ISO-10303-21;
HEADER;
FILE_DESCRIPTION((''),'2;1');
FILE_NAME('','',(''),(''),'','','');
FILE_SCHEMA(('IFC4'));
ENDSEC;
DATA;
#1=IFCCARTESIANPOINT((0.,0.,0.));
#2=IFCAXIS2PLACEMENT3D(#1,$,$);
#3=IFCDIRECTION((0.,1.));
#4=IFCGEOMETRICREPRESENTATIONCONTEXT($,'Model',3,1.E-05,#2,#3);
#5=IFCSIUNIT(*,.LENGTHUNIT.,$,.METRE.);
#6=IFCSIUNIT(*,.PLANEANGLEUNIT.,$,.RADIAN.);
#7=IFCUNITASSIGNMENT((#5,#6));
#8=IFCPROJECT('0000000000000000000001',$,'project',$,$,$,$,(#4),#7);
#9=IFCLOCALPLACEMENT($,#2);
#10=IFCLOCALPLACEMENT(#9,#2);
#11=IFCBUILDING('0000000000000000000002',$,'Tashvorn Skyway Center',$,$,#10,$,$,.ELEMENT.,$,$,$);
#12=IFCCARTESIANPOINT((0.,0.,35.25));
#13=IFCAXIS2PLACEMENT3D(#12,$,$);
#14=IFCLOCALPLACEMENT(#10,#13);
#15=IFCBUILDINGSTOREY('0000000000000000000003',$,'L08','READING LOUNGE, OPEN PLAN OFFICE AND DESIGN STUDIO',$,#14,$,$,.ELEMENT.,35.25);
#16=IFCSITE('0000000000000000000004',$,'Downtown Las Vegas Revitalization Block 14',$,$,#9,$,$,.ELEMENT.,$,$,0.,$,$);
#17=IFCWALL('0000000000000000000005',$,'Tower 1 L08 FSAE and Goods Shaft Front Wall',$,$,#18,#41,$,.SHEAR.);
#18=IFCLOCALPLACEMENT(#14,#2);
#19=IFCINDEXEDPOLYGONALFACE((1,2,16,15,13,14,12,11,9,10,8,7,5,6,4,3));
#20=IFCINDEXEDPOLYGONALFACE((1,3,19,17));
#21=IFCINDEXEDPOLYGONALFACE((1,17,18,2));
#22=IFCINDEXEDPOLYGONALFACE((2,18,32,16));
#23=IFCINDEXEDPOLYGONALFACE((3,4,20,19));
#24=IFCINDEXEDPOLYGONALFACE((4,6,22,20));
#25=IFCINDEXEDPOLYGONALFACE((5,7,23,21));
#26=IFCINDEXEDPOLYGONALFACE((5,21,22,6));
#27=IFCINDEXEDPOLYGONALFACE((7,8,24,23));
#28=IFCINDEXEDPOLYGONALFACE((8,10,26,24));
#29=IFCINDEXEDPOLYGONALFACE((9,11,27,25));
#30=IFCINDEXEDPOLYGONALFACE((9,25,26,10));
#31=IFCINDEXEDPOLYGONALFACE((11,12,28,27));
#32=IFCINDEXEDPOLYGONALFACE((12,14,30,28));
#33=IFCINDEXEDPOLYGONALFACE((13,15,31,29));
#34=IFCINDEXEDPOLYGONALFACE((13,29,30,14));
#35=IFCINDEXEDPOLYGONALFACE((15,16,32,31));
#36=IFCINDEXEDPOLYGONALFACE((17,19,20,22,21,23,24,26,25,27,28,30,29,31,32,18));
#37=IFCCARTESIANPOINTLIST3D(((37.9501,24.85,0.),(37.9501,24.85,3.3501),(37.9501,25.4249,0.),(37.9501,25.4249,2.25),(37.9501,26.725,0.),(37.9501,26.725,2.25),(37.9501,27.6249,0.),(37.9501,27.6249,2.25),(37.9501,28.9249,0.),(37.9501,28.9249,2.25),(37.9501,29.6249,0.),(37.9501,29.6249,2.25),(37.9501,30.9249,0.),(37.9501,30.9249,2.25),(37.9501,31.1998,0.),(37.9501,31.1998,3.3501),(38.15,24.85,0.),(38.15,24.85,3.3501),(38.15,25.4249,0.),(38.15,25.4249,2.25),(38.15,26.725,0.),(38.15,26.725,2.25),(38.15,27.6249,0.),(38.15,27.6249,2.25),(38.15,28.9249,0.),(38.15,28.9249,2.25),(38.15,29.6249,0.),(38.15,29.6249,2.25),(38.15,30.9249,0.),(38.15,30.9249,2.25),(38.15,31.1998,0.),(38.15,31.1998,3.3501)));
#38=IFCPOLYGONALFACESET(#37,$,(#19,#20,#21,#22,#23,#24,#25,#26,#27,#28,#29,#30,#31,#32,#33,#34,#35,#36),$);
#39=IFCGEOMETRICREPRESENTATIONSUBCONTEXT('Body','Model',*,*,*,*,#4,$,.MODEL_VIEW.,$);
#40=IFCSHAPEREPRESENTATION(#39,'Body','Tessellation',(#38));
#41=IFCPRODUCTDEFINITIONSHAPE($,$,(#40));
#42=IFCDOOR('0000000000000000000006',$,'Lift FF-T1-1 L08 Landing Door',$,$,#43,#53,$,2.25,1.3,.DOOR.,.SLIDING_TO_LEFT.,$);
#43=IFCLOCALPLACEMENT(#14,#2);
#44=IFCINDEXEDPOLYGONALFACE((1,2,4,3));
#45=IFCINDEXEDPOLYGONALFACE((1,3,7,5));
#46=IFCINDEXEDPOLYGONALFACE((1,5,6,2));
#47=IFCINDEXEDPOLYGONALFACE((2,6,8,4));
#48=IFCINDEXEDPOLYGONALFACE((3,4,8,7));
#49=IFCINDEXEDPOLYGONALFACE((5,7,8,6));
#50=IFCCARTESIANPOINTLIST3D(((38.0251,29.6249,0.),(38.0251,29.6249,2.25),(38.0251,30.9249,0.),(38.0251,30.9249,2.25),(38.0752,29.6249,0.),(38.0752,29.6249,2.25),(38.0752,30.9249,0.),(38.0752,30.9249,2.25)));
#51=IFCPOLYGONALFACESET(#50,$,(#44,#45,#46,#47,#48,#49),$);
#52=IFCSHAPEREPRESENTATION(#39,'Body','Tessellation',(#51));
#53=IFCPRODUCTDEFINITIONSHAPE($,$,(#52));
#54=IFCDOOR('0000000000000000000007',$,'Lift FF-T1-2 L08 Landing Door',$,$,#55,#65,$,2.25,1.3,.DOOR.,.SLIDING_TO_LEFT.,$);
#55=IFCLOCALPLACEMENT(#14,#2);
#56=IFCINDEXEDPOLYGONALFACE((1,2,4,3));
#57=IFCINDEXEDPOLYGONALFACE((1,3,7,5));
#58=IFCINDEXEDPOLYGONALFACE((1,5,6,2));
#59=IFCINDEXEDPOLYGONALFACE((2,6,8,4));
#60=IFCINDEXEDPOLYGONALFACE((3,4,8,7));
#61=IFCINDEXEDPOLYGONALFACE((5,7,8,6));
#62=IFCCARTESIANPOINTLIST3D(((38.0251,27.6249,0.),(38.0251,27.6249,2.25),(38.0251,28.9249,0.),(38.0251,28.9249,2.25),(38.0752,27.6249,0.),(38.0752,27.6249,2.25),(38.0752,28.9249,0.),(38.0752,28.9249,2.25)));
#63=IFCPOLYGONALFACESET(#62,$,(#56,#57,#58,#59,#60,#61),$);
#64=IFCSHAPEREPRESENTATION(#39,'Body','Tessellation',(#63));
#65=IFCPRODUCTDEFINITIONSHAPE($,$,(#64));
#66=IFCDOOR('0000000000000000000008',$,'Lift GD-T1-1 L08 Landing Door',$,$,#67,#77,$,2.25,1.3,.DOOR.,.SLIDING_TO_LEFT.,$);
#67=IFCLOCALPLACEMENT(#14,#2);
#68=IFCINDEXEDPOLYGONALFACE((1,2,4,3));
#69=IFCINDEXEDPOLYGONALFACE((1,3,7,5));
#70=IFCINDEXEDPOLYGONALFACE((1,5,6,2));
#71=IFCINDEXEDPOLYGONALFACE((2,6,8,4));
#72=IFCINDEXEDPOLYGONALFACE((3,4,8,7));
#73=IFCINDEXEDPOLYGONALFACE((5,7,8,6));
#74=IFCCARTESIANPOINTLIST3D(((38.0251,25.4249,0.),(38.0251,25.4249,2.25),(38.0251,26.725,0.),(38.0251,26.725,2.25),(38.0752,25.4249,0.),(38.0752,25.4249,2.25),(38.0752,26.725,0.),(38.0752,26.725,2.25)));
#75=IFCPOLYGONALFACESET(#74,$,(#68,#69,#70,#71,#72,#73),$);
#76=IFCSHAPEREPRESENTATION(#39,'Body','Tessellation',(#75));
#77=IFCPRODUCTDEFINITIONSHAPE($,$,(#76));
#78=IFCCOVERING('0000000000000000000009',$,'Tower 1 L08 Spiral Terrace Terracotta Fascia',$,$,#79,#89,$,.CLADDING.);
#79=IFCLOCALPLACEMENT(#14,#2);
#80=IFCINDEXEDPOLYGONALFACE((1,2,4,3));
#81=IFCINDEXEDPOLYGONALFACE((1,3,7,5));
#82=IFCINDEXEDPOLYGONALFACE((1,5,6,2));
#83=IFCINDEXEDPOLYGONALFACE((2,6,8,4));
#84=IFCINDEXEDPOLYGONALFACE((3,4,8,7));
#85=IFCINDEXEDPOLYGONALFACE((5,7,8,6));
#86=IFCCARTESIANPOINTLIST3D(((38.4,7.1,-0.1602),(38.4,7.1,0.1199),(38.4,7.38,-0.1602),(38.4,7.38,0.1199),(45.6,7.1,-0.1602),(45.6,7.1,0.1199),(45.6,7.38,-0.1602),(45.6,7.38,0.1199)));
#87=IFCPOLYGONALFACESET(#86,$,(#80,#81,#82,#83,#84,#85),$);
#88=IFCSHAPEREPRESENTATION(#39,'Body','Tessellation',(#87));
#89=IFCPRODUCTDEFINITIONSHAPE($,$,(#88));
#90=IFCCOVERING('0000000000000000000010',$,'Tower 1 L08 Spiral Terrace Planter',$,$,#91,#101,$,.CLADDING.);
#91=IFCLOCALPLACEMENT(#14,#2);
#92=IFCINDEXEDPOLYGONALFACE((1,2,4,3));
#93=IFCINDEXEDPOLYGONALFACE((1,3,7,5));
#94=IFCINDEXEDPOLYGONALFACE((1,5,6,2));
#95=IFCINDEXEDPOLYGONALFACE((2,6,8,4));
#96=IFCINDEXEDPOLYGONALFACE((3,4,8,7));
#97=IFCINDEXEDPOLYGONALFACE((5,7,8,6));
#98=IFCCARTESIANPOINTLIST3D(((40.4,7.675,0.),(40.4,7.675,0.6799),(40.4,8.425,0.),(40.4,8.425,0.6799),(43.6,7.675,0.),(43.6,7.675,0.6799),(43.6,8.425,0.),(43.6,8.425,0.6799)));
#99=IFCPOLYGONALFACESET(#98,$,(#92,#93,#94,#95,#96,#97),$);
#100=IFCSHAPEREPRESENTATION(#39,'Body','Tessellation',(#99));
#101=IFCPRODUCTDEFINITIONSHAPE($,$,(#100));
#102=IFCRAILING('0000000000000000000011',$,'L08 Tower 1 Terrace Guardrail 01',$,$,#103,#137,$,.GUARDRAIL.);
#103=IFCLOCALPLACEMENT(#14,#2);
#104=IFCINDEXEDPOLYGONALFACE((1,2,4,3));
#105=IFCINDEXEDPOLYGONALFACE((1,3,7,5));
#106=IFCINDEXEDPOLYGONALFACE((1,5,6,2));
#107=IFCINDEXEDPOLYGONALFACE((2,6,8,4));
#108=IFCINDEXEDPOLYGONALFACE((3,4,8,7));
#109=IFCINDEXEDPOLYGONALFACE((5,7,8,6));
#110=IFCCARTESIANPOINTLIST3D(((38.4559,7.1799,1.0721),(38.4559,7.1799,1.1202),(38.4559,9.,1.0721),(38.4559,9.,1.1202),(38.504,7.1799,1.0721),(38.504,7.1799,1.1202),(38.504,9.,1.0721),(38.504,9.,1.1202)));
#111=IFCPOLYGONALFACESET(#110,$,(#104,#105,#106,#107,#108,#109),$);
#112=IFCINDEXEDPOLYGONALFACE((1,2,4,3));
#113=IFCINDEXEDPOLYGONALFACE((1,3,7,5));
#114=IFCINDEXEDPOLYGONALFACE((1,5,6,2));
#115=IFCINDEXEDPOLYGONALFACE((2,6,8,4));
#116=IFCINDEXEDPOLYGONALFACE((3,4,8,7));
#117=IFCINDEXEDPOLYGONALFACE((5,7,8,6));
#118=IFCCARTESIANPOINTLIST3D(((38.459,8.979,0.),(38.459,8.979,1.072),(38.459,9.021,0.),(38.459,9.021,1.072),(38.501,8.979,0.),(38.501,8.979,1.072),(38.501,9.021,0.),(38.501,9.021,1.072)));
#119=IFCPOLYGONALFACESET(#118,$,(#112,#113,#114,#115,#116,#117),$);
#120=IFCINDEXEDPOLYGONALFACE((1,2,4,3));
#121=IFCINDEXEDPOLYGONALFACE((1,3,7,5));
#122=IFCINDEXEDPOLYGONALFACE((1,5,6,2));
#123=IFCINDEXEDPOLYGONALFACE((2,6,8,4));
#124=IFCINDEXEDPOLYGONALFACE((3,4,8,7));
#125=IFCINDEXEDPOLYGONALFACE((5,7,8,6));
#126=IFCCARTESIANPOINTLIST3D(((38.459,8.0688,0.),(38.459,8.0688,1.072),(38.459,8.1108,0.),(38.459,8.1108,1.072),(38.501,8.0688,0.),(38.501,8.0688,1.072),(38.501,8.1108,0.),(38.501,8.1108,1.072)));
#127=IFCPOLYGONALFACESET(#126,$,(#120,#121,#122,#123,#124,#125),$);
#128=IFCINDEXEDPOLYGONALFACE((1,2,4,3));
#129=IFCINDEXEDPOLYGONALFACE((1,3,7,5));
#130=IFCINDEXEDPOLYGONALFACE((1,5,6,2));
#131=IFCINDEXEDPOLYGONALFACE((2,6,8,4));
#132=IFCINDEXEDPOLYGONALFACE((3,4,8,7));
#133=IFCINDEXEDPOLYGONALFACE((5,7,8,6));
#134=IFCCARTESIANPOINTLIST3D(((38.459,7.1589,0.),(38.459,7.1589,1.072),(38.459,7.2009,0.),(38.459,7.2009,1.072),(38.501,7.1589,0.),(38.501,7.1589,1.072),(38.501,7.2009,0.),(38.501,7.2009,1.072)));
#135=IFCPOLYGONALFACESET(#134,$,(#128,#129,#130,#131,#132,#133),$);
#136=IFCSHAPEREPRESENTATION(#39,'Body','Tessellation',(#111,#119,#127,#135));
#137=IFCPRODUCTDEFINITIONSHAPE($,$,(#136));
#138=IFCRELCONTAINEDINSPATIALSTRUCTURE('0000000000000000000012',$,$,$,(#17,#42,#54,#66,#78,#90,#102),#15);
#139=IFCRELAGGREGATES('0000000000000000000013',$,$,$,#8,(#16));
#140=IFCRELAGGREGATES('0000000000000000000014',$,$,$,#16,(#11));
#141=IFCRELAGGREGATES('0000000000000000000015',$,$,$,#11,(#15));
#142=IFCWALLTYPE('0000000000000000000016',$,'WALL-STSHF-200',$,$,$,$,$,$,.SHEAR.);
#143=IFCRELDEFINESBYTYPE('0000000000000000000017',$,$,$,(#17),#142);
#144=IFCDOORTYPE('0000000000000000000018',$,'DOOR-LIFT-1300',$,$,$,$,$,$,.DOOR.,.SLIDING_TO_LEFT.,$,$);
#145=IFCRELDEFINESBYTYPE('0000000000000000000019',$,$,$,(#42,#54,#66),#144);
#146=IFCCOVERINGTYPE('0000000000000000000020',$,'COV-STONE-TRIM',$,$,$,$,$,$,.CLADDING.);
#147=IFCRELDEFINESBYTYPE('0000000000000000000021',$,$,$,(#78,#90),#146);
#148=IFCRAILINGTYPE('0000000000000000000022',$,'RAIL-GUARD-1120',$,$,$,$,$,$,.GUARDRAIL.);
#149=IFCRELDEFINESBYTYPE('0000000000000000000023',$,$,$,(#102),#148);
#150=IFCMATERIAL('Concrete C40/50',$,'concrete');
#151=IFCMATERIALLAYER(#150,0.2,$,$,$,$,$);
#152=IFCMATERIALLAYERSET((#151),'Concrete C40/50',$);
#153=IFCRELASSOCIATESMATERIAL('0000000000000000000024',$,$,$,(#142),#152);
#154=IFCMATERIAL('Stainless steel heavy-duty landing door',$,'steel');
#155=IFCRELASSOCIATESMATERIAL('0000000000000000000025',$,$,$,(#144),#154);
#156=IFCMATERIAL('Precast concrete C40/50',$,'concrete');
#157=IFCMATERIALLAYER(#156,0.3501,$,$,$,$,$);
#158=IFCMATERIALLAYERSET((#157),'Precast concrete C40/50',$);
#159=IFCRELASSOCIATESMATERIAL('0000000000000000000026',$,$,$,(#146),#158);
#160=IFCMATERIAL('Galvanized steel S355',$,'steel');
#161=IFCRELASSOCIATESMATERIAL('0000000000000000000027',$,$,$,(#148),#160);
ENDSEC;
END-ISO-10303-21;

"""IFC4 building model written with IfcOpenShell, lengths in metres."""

from ifc_helpers import new_model, si_unit, direction, frame, frame_2d, origin, origin_2d, place, context, subcontext, project, spatial, rectangle, extrude, material, layer, layer_set, type_object, element, fill, save


model = new_model("IFC4")

# Units and contexts
model_context = context("Model", 3, precision=1e-05, world=origin(), true_north=direction((0.0, 1.0)))
body_context = subcontext(model_context, "Body", "Model", "MODEL_VIEW")
ifc_project = project(units=[si_unit("LENGTHUNIT", "METRE"), si_unit("PLANEANGLEUNIT", "RADIAN")], contexts=[model_context])

# Site, building, storey
site_placement = place(None, origin())
site = spatial("IfcSite", under=ifc_project, at=site_placement, Name="Downtown Las Vegas Revitalization Block 14", CompositionType="ELEMENT", RefElevation=0.0)
building_placement = place(site_placement, origin())
building = spatial("IfcBuilding", under=site, at=building_placement, Name="Tashvorn Skyway Center", CompositionType="ELEMENT")
storey_placement = place(building_placement, frame((0.0, 0.0, 35.25)))
storey = spatial("IfcBuildingStorey", under=building, at=storey_placement, Name="L08", Description="READING LOUNGE, OPEN PLAN OFFICE AND DESIGN STUDIO", CompositionType="ELEMENT", Elevation=35.25)

# Shared definitions
ifc_material_1 = material(Name="Precast concrete C40/50", Category="concrete")

# Wall, openings, doors
ifc_material_2 = material(Name="Concrete C40/50", Category="concrete")
ifc_layer_1 = layer(ifc_material_2, 0.2)
ifc_layer_set_1 = layer_set([ifc_layer_1], Name="Concrete C40/50")
wall_type_1 = type_object("IfcWallType", Name="WALL-STSHF-200", PredefinedType="SHEAR", material=ifc_layer_set_1)
wall_1_placement = place(storey_placement, frame((38.05, 24.8501, 0.0), z_axis=(0.0, 0.0, 1.0), x_axis=(0.0, 1.0, 0.0)))
wall_1 = element("IfcWall", 1, at=wall_1_placement, inside=storey, type_object=wall_type_1, Name="Tower 1 L08 FSAE and Goods Shaft Front Wall", PredefinedType="SHEAR", context=body_context, shape_type="SweptSolid", body=[
    extrude(rectangle(XDim=6.3499, YDim=0.2, at=frame_2d((3.1748, 0.0))), origin(), (0.0, 0.0, 1.0), 3.3501),
])
opening_1_placement = place(wall_1_placement, frame((4.7749, 0.0, 0.0)))
opening_1 = element("IfcOpeningElement", 2, at=opening_1_placement, cuts=wall_1, PredefinedType="OPENING", context=body_context, shape_type="SweptSolid", body=[
    extrude(rectangle(XDim=1.3, YDim=2.25, at=frame_2d((0.6499, 1.125))), frame((0.0, 0.1099, 0.0), z_axis=(0.0, -1.0, 0.0), x_axis=(1.0, 0.0, 0.0)), (0.0, 0.0, 1.0), 0.22),
])
opening_2_placement = place(wall_1_placement, frame((2.7749, 0.0, 0.0)))
opening_2 = element("IfcOpeningElement", 3, at=opening_2_placement, cuts=wall_1, PredefinedType="OPENING", context=body_context, shape_type="SweptSolid", body=[
    extrude(rectangle(XDim=1.3, YDim=2.25, at=frame_2d((0.6499, 1.125))), frame((0.0, 0.1099, 0.0), z_axis=(0.0, -1.0, 0.0), x_axis=(1.0, 0.0, 0.0)), (0.0, 0.0, 1.0), 0.22),
])
opening_3_placement = place(wall_1_placement, frame((0.575, 0.0, 0.0)))
opening_3 = element("IfcOpeningElement", 4, at=opening_3_placement, cuts=wall_1, PredefinedType="OPENING", context=body_context, shape_type="SweptSolid", body=[
    extrude(rectangle(XDim=1.3, YDim=2.25, at=frame_2d((0.6499, 1.125))), frame((0.0, 0.1099, 0.0), z_axis=(0.0, -1.0, 0.0), x_axis=(1.0, 0.0, 0.0)), (0.0, 0.0, 1.0), 0.22),
])
ifc_material_3 = material(Name="Stainless steel heavy-duty landing door", Category="steel")
door_type_1 = type_object("IfcDoorType", Name="DOOR-LIFT-1300", OperationType="SLIDING_TO_LEFT", PredefinedType="DOOR", material=ifc_material_3)
door_1_placement = place(opening_1_placement, origin())
door_1 = element("IfcDoor", 5, at=door_1_placement, inside=storey, type_object=door_type_1, Name="Lift FF-T1-1 L08 Landing Door", OperationType="SLIDING_TO_LEFT", OverallHeight=2.25, OverallWidth=1.3, PredefinedType="DOOR", context=body_context, shape_type="SweptSolid", body=[
    extrude(rectangle(XDim=1.3, YDim=2.25, at=frame_2d((0.6499, 1.125))), frame((0.0, 0.0249, 0.0), z_axis=(0.0, -1.0, 0.0), x_axis=(1.0, 0.0, 0.0)), (0.0, 0.0, 1.0), 0.05),
])
fill(opening_1, door_1)
door_2_placement = place(opening_2_placement, origin())
door_2 = element("IfcDoor", 6, at=door_2_placement, inside=storey, type_object=door_type_1, Name="Lift FF-T1-2 L08 Landing Door", OperationType="SLIDING_TO_LEFT", OverallHeight=2.25, OverallWidth=1.3, PredefinedType="DOOR", context=body_context, shape_type="SweptSolid", body=[
    extrude(rectangle(XDim=1.3, YDim=2.25, at=frame_2d((0.6499, 1.125))), frame((0.0, 0.0249, 0.0), z_axis=(0.0, -1.0, 0.0), x_axis=(1.0, 0.0, 0.0)), (0.0, 0.0, 1.0), 0.05),
])
fill(opening_2, door_2)
door_3_placement = place(opening_3_placement, origin())
door_3 = element("IfcDoor", 7, at=door_3_placement, inside=storey, type_object=door_type_1, Name="Lift GD-T1-1 L08 Landing Door", OperationType="SLIDING_TO_LEFT", OverallHeight=2.25, OverallWidth=1.3, PredefinedType="DOOR", context=body_context, shape_type="SweptSolid", body=[
    extrude(rectangle(XDim=1.3, YDim=2.25, at=frame_2d((0.6499, 1.125))), frame((0.0, 0.0249, 0.0), z_axis=(0.0, -1.0, 0.0), x_axis=(1.0, 0.0, 0.0)), (0.0, 0.0, 1.0), 0.05),
])
fill(opening_3, door_3)

# Coverings
ifc_layer_2 = layer(ifc_material_1, 0.3501)
ifc_layer_set_2 = layer_set([ifc_layer_2], Name="Precast concrete C40/50")
covering_type = type_object("IfcCoveringType", Name="COV-STONE-TRIM", PredefinedType="CLADDING", material=ifc_layer_set_2)
covering_1_placement = place(storey_placement, frame((42.0, 7.24, -0.1602), z_axis=(0.0, 0.0, 1.0), x_axis=(-1.0, 0.0, 0.0)))
element("IfcCovering", 8, at=covering_1_placement, inside=storey, type_object=covering_type, Name="Tower 1 L08 Spiral Terrace Terracotta Fascia", PredefinedType="CLADDING", context=body_context, shape_type="SweptSolid", body=[
    extrude(rectangle(XDim=7.2, YDim=0.28, at=origin_2d()), origin(), (0.0, 0.0, 1.0), 0.28),
])
covering_2_placement = place(storey_placement, frame((42.0, 8.05, 0.0), z_axis=(0.0, 0.0, 1.0), x_axis=(-1.0, 0.0, 0.0)))
element("IfcCovering", 9, at=covering_2_placement, inside=storey, type_object=covering_type, Name="Tower 1 L08 Spiral Terrace Planter", PredefinedType="CLADDING", context=body_context, shape_type="SweptSolid", body=[
    extrude(rectangle(XDim=3.2, YDim=0.75, at=origin_2d()), origin(), (0.0, 0.0, 1.0), 0.6799),
])

# Railing
ifc_material_4 = material(Name="Galvanized steel S355", Category="steel")
railing_type = type_object("IfcRailingType", Name="RAIL-GUARD-1120", PredefinedType="GUARDRAIL", material=ifc_material_4)
railing_1_placement = place(storey_placement, frame((38.48, 9.0, 0.0)))
element("IfcRailing", 10, at=railing_1_placement, inside=storey, type_object=railing_type, Name="L08 Tower 1 Terrace Guardrail 01", PredefinedType="GUARDRAIL", context=body_context, shape_type="SweptSolid", body=[
    extrude(rectangle(XDim=0.0481, YDim=0.0481, at=origin_2d()), frame((0.0, 0.0, 1.0962), z_axis=(0.0, -1.0, 0.0), x_axis=(1.0, 0.0, 0.0)), (0.0, 0.0, 1.0), 1.8201),
    extrude(rectangle(XDim=0.042, YDim=0.042, at=origin_2d()), origin(), (0.0, 0.0, 1.0), 1.072),
    extrude(rectangle(XDim=0.042, YDim=0.042, at=origin_2d()), frame((0.0, -0.9102, 0.0)), (0.0, 0.0, 1.0), 1.072),
    extrude(rectangle(XDim=0.042, YDim=0.042, at=origin_2d()), frame((0.0, -1.8201, 0.0)), (0.0, 0.0, 1.0), 1.072),
])

save(model, "model.ifc")
